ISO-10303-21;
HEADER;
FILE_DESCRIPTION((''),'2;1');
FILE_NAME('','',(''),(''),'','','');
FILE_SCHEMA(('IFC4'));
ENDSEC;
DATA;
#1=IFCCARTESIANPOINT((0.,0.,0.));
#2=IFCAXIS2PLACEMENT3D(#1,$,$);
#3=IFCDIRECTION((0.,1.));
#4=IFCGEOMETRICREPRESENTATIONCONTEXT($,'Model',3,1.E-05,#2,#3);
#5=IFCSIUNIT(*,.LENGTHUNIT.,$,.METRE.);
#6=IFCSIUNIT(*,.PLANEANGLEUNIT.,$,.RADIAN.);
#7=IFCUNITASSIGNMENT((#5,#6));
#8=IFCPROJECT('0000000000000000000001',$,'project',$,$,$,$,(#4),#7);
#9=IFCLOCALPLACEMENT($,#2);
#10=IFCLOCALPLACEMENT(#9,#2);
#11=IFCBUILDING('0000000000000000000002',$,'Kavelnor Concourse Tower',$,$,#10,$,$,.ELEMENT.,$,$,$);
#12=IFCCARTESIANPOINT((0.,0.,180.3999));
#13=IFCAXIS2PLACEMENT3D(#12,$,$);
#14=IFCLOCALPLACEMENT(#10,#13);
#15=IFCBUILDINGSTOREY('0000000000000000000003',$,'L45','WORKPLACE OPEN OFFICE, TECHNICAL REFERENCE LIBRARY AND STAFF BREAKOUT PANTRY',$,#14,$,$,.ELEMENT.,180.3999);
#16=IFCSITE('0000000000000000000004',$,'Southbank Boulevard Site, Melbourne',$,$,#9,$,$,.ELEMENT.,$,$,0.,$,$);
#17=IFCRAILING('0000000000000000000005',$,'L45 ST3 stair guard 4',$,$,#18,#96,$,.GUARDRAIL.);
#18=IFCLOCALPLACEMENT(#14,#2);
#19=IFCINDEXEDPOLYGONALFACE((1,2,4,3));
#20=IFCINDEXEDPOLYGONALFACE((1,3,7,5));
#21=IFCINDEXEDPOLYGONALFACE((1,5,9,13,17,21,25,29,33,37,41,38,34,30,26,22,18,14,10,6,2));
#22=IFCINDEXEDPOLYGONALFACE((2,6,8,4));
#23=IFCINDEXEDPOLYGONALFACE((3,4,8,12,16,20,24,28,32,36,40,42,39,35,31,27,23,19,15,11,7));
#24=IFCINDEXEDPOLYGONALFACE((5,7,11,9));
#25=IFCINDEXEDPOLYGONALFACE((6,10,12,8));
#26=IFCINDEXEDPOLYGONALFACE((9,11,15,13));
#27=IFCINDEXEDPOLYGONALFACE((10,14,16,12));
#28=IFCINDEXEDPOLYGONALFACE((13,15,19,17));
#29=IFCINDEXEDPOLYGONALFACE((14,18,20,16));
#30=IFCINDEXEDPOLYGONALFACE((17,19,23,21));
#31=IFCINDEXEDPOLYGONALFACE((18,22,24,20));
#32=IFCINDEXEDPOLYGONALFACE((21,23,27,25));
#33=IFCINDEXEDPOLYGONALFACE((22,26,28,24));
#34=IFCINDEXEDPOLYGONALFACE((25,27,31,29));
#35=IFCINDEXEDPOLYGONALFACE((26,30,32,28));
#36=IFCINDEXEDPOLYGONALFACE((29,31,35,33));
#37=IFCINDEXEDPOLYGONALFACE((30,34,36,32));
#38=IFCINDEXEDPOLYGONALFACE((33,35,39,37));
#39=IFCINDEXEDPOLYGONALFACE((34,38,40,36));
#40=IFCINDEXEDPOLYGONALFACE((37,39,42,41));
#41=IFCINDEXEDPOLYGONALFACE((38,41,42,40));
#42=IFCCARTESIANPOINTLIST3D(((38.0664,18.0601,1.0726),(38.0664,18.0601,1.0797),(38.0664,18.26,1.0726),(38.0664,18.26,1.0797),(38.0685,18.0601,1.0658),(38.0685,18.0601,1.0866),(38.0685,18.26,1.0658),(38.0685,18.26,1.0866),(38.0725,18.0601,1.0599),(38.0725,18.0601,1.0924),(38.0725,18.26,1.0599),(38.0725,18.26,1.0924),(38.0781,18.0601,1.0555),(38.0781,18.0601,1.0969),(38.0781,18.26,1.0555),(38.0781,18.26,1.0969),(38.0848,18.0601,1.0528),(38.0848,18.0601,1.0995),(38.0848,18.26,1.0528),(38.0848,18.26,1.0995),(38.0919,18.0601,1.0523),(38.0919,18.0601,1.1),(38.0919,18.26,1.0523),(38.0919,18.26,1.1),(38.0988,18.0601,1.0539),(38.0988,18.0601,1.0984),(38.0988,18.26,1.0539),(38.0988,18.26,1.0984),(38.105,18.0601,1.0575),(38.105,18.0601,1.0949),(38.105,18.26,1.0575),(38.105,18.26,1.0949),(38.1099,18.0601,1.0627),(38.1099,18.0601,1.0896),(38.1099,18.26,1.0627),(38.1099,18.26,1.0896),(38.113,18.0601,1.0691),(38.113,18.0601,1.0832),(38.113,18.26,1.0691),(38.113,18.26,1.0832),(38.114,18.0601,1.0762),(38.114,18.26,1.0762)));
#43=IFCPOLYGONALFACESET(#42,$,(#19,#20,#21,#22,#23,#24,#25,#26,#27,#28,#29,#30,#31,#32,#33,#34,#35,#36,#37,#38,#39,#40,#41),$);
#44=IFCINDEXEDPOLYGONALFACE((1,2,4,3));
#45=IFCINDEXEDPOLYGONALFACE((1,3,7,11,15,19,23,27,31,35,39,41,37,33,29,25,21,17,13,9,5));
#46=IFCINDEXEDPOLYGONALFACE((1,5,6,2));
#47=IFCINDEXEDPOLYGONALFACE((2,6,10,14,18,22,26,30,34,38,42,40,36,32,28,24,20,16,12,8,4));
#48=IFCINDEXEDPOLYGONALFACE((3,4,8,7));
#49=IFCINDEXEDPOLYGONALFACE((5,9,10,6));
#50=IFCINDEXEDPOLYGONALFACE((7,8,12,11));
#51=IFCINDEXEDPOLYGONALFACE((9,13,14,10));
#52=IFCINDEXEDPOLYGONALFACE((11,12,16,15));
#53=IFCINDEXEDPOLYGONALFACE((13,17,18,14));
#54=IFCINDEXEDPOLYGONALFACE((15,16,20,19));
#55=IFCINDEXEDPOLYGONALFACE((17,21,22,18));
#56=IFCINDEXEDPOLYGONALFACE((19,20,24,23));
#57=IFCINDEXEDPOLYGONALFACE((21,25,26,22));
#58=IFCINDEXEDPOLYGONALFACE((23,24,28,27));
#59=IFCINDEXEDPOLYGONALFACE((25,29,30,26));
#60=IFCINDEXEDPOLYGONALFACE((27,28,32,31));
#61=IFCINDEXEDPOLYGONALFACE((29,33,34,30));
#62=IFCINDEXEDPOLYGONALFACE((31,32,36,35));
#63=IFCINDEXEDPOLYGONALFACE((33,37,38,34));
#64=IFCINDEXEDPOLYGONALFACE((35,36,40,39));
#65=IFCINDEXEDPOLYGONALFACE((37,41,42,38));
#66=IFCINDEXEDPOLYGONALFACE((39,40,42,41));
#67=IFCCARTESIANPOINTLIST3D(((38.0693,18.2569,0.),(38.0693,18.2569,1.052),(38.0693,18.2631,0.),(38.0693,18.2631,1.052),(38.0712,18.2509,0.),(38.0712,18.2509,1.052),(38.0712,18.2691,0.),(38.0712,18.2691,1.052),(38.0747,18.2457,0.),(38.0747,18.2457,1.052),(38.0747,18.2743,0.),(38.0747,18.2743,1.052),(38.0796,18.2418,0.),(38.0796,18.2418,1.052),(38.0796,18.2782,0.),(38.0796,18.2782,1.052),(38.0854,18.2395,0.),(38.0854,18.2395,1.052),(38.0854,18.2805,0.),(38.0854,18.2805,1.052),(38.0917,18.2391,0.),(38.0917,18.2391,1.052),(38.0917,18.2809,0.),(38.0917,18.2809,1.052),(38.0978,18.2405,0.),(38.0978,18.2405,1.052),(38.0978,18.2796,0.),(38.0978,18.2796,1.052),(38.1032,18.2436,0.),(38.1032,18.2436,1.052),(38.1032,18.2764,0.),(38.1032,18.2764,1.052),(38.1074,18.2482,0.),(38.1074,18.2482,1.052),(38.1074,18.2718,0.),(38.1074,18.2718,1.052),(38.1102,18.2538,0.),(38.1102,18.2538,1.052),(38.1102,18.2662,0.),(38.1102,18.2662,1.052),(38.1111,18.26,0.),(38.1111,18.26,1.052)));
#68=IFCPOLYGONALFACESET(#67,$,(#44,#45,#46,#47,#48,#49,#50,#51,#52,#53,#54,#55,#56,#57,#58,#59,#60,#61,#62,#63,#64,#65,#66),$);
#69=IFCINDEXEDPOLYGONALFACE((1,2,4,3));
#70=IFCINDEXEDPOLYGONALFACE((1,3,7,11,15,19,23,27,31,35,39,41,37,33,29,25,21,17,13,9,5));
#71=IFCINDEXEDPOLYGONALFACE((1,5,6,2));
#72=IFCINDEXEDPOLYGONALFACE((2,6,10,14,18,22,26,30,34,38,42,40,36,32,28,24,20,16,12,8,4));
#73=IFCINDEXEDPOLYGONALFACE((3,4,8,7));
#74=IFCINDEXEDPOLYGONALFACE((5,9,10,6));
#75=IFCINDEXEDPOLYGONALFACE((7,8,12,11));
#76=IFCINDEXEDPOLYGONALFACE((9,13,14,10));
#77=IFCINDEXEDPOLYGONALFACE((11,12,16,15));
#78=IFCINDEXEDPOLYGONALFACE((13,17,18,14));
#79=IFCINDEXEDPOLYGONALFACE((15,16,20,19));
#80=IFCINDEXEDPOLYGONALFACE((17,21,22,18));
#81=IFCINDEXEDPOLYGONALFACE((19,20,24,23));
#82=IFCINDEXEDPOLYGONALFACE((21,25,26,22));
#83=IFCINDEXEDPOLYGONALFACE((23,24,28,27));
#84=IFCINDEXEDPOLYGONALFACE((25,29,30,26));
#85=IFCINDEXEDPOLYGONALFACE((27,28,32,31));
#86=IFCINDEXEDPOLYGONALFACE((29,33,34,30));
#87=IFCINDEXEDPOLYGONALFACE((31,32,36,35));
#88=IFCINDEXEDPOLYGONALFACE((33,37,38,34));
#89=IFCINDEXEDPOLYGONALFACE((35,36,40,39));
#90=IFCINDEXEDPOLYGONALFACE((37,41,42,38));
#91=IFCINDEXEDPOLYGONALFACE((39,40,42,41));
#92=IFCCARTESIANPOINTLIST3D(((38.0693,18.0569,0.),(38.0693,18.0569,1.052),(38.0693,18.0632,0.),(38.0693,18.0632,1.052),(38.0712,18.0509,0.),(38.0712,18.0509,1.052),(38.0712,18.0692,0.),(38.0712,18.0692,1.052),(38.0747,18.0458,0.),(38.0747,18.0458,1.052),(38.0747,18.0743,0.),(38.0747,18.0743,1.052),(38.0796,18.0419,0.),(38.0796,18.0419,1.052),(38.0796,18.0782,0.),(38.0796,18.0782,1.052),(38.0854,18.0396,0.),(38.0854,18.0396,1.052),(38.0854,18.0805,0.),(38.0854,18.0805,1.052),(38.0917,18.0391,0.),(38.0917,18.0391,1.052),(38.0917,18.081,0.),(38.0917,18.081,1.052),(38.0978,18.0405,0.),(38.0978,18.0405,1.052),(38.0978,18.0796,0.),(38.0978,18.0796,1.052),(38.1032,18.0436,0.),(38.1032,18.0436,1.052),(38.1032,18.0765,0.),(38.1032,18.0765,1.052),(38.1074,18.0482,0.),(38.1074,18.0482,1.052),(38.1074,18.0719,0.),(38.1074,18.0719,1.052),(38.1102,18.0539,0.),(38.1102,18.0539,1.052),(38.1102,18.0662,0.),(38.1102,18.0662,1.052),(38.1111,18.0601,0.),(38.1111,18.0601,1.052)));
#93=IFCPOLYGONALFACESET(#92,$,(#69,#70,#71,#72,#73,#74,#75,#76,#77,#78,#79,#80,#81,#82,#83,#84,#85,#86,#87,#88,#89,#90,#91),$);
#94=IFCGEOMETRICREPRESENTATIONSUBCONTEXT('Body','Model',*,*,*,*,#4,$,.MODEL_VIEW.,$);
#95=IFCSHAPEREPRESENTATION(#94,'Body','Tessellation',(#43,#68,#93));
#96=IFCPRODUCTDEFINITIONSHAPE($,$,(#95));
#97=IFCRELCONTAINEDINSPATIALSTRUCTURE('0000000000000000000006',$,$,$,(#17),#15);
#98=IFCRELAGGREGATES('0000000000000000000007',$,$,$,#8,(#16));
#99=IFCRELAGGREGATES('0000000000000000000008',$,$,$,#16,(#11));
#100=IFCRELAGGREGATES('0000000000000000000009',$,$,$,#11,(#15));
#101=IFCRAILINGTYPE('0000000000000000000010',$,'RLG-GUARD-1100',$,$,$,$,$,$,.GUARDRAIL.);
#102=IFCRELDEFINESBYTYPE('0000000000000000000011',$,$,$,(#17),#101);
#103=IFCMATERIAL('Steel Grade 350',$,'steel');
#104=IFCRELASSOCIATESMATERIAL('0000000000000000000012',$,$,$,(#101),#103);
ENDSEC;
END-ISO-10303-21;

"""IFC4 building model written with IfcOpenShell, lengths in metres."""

from ifc_helpers import new_model, si_unit, direction, frame, origin, origin_2d, place, context, subcontext, project, spatial, circle, extrude, material, type_object, element, save


model = new_model("IFC4")

# Units and contexts
model_context = context("Model", 3, precision=1e-05, world=origin(), true_north=direction((0.0, 1.0)))
body_context = subcontext(model_context, "Body", "Model", "MODEL_VIEW")
ifc_project = project(units=[si_unit("LENGTHUNIT", "METRE"), si_unit("PLANEANGLEUNIT", "RADIAN")], contexts=[model_context])

# Site, building, storey
site_placement = place(None, origin())
site = spatial("IfcSite", under=ifc_project, at=site_placement, Name="Southbank Boulevard Site, Melbourne", CompositionType="ELEMENT", RefElevation=0.0)
building_placement = place(site_placement, origin())
building = spatial("IfcBuilding", under=site, at=building_placement, Name="Kavelnor Concourse Tower", CompositionType="ELEMENT")
storey_placement = place(building_placement, frame((0.0, 0.0, 180.3999)))
storey = spatial("IfcBuildingStorey", under=building, at=storey_placement, Name="L45", Description="WORKPLACE OPEN OFFICE, TECHNICAL REFERENCE LIBRARY AND STAFF BREAKOUT PANTRY", CompositionType="ELEMENT", Elevation=180.3999)

# Shared definitions
ifc_material_1 = material(Name="Steel Grade 350", Category="steel")

# Railing
railing_type_1 = type_object("IfcRailingType", Name="RLG-GUARD-1100", PredefinedType="GUARDRAIL", material=ifc_material_1)
railing_1_placement = place(storey_placement, frame((38.0901, 18.26, 0.0)))
element("IfcRailing", 1, at=railing_1_placement, inside=storey, type_object=railing_type_1, Name="L45 ST3 stair guard 4", PredefinedType="GUARDRAIL", context=body_context, shape_type="SweptSolid", body=[
    extrude(circle(Radius=0.0239, at=origin_2d()), frame((0.0, 0.0, 1.0762), z_axis=(0.0, -1.0, 0.0), x_axis=(1.0, 0.0, 0.0)), (0.0, 0.0, 1.0), 0.2),
    extrude(circle(Radius=0.021, at=origin_2d()), origin(), (0.0, 0.0, 1.0), 1.052),
    extrude(circle(Radius=0.021, at=origin_2d()), frame((0.0, -0.2, 0.0)), (0.0, 0.0, 1.0), 1.052),
])

save(model, "model.ifc")
